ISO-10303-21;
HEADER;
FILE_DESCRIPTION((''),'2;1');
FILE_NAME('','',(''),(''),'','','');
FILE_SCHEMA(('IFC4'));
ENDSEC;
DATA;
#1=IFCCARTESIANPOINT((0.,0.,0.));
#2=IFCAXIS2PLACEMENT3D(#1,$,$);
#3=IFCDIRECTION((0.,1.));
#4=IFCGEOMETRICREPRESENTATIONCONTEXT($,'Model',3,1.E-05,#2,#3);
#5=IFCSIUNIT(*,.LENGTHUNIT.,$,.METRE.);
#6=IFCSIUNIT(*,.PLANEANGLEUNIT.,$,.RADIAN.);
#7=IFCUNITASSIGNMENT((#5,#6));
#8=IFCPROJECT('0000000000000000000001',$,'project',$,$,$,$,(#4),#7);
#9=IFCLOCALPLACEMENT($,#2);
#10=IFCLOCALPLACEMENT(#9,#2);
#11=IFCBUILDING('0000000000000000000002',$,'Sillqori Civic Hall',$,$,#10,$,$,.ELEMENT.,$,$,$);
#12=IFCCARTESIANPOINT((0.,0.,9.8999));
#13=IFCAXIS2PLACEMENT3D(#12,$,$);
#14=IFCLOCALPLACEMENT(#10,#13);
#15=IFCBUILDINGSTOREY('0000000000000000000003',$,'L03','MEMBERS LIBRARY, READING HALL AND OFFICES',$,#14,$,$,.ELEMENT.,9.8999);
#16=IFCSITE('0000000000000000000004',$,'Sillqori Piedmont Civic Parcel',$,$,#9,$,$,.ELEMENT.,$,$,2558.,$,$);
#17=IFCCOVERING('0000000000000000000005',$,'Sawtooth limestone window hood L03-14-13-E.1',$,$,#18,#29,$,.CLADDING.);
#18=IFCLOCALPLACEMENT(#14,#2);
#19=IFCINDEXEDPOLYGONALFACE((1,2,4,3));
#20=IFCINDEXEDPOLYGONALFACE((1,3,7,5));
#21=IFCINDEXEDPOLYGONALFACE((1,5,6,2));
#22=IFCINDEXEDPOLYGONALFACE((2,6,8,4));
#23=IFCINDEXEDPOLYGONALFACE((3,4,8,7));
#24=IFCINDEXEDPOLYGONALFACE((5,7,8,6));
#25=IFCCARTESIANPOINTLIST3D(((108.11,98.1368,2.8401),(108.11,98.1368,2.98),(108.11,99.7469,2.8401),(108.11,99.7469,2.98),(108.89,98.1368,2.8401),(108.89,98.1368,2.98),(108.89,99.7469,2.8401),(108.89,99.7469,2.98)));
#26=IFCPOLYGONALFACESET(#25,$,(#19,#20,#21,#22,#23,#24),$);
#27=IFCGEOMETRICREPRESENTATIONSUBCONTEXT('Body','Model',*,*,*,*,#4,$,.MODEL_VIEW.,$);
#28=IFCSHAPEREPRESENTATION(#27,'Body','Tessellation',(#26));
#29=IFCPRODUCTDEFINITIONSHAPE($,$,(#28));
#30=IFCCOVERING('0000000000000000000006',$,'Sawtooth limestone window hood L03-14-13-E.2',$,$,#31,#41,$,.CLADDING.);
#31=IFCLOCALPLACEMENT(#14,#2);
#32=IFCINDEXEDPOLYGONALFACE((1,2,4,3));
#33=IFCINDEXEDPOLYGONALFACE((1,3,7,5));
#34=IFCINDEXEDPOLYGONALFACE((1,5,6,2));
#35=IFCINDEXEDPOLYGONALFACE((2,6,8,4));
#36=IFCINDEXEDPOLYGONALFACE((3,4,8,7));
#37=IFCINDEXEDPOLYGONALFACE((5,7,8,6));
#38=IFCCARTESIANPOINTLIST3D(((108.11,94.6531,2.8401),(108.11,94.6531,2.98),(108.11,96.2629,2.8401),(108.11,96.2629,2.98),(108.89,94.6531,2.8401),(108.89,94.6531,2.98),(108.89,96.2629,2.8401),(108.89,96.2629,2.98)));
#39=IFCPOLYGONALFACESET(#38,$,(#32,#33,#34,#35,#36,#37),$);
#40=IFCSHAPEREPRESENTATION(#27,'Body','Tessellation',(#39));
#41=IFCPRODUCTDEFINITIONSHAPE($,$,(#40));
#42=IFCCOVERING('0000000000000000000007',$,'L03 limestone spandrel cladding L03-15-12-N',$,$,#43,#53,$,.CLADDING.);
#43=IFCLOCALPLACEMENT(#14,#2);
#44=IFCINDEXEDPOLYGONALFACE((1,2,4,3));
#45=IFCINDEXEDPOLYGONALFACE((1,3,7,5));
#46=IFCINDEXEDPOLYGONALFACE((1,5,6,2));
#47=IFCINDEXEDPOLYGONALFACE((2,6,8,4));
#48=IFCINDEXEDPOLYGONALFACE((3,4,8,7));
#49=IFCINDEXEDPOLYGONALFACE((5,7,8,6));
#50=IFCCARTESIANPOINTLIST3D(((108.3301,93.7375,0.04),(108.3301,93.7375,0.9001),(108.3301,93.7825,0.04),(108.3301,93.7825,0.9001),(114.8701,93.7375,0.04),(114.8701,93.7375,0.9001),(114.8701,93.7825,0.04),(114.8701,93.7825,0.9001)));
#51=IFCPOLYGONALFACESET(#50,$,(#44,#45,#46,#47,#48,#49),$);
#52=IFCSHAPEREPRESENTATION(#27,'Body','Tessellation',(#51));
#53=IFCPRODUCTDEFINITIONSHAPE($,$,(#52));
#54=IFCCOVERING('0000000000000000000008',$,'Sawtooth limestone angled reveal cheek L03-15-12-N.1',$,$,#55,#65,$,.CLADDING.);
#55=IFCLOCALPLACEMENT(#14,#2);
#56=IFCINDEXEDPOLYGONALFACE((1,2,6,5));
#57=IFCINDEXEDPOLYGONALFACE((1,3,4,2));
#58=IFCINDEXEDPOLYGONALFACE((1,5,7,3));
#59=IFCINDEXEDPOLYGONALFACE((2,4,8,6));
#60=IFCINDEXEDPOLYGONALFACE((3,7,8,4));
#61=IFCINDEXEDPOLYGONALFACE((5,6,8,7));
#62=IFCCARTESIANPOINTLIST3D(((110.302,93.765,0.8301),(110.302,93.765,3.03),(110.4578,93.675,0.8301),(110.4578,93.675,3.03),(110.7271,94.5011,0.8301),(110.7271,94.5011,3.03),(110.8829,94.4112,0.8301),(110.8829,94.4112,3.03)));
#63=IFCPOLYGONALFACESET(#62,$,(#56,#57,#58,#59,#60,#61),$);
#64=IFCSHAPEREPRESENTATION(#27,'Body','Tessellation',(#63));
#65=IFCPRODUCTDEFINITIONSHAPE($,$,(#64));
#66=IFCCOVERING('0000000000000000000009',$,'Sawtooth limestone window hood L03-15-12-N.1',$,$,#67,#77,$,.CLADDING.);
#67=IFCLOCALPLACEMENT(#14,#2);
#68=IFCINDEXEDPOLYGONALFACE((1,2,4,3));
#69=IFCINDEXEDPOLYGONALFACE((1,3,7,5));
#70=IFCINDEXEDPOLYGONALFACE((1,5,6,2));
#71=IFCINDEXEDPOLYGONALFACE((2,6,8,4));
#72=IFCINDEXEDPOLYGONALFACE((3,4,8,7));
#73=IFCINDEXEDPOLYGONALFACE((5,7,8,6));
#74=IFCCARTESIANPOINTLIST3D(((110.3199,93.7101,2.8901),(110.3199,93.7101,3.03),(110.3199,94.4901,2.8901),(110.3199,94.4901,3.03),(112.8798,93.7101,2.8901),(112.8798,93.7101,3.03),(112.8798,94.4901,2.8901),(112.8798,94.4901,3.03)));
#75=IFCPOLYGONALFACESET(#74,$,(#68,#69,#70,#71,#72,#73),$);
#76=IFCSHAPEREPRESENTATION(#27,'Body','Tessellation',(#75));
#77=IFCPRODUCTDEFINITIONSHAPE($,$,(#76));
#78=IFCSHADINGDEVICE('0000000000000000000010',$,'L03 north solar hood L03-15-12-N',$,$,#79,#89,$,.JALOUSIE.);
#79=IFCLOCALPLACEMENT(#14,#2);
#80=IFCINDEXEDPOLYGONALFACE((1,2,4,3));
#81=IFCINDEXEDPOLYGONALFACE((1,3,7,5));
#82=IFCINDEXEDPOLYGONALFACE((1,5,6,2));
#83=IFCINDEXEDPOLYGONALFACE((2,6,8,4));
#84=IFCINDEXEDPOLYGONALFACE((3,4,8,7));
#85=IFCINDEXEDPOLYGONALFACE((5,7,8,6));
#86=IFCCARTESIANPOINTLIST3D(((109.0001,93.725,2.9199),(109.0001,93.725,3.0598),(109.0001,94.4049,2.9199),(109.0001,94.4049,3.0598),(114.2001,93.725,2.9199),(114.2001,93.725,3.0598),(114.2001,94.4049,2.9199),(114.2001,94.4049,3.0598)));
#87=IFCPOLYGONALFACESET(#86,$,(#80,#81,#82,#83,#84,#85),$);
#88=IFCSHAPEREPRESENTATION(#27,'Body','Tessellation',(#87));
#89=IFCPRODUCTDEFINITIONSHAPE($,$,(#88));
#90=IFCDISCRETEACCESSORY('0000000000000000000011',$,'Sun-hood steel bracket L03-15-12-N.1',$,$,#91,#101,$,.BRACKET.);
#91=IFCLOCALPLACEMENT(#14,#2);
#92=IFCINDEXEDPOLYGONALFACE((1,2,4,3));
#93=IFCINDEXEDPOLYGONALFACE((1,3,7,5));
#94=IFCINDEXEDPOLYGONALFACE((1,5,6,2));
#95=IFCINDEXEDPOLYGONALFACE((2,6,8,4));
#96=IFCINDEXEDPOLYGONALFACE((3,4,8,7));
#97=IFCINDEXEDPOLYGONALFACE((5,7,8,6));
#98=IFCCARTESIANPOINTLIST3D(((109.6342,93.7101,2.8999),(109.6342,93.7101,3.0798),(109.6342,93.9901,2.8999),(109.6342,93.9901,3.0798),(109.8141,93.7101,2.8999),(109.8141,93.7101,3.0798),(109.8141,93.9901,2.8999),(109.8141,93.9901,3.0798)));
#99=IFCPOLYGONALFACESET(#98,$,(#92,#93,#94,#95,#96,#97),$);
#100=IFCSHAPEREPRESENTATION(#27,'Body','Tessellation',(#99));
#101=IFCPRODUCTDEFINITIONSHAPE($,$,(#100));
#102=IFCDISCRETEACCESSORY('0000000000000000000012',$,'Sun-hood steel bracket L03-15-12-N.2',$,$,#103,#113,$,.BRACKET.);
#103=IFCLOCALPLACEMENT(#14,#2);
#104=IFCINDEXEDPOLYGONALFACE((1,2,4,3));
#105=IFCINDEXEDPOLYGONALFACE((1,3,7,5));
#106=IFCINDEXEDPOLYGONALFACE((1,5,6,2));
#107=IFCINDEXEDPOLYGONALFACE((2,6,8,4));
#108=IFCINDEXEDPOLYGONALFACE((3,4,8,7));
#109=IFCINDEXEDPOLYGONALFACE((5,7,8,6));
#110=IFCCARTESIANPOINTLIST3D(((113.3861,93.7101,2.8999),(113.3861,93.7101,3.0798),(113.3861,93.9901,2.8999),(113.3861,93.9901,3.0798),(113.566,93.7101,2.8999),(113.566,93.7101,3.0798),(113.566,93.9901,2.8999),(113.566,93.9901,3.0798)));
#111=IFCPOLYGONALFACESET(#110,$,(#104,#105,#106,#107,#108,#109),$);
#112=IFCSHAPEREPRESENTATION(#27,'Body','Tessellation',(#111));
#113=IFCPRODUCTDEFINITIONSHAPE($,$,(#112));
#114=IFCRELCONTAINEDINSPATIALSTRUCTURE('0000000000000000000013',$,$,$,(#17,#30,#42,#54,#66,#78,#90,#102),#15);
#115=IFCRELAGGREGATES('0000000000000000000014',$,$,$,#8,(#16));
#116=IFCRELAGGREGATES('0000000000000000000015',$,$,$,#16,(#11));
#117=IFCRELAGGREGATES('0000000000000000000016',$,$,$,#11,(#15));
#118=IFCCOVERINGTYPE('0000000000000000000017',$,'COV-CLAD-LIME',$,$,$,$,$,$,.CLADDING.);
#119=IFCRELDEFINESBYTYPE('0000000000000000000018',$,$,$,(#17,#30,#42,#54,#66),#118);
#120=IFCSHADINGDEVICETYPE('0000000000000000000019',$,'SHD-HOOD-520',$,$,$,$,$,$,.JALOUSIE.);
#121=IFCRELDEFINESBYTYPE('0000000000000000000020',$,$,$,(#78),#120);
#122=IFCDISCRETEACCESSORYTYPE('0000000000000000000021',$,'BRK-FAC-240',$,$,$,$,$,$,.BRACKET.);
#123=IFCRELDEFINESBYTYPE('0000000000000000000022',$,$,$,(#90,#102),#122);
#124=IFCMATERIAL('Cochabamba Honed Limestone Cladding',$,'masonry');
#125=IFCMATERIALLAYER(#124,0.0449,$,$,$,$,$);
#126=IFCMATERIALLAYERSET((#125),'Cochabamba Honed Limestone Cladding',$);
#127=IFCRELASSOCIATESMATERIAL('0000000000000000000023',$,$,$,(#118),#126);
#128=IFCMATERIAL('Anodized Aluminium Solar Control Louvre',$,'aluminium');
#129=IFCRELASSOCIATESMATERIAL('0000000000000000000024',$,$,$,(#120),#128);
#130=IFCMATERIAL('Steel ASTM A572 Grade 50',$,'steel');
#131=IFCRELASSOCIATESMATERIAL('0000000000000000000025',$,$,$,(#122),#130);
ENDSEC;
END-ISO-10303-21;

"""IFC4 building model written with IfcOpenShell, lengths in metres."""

from ifc_helpers import new_model, si_unit, direction, frame, frame_2d, origin, origin_2d, place, context, subcontext, project, spatial, rectangle, extrude, material, layer, layer_set, type_object, element, save


model = new_model("IFC4")

# Units and contexts
model_context = context("Model", 3, precision=1e-05, world=origin(), true_north=direction((0.0, 1.0)))
body_context = subcontext(model_context, "Body", "Model", "MODEL_VIEW")
ifc_project = project(units=[si_unit("LENGTHUNIT", "METRE"), si_unit("PLANEANGLEUNIT", "RADIAN")], contexts=[model_context])

# Site, building, storey
site_placement = place(None, origin())
site = spatial("IfcSite", under=ifc_project, at=site_placement, Name="Sillqori Piedmont Civic Parcel", CompositionType="ELEMENT", RefElevation=2558.0)
building_placement = place(site_placement, origin())
building = spatial("IfcBuilding", under=site, at=building_placement, Name="Sillqori Civic Hall", CompositionType="ELEMENT")
storey_placement = place(building_placement, frame((0.0, 0.0, 9.8999)))
storey = spatial("IfcBuildingStorey", under=building, at=storey_placement, Name="L03", Description="MEMBERS LIBRARY, READING HALL AND OFFICES", CompositionType="ELEMENT", Elevation=9.8999)

# Coverings
ifc_material_1 = material(Name="Cochabamba Honed Limestone Cladding", Category="masonry")
ifc_layer_1 = layer(ifc_material_1, 0.0449)
ifc_layer_set_1 = layer_set([ifc_layer_1], Name="Cochabamba Honed Limestone Cladding")
covering_type = type_object("IfcCoveringType", Name="COV-CLAD-LIME", PredefinedType="CLADDING", material=ifc_layer_set_1)
covering_1_placement = place(storey_placement, frame((108.5, 99.7471, 2.8401), z_axis=(0.0, 0.0, 1.0), x_axis=(0.0, -1.0, 0.0)))
element("IfcCovering", 1, at=covering_1_placement, inside=storey, type_object=covering_type, Name="Sawtooth limestone window hood L03-14-13-E.1", PredefinedType="CLADDING", context=body_context, shape_type="SweptSolid", body=[
    extrude(rectangle(XDim=1.6101, YDim=0.78, at=frame_2d((0.8052, 0.0))), origin(), (0.0, 0.0, 1.0), 0.1399),
])
covering_2_placement = place(storey_placement, frame((108.5, 96.2629, 2.8401), z_axis=(0.0, 0.0, 1.0), x_axis=(0.0, -1.0, 0.0)))
element("IfcCovering", 2, at=covering_2_placement, inside=storey, type_object=covering_type, Name="Sawtooth limestone window hood L03-14-13-E.2", PredefinedType="CLADDING", context=body_context, shape_type="SweptSolid", body=[
    extrude(rectangle(XDim=1.6099, YDim=0.78, at=frame_2d((0.8049, 0.0))), origin(), (0.0, 0.0, 1.0), 0.1399),
])
covering_3_placement = place(storey_placement, frame((108.3301, 93.76, 0.04), z_axis=(0.0, 0.0, 1.0), x_axis=(1.0, 0.0, 0.0)))
element("IfcCovering", 3, at=covering_3_placement, inside=storey, type_object=covering_type, Name="L03 limestone spandrel cladding L03-15-12-N", PredefinedType="CLADDING", context=body_context, shape_type="SweptSolid", body=[
    extrude(rectangle(XDim=6.54, YDim=0.0449, at=frame_2d((3.27, 0.0))), origin(), (0.0, 0.0, 1.0), 0.8601),
])
covering_4_placement = place(storey_placement, frame((110.3799, 93.72, 0.8301), z_axis=(0.0, 0.0, 1.0), x_axis=(0.500062, 0.865989, 0.0)))
element("IfcCovering", 4, at=covering_4_placement, inside=storey, type_object=covering_type, Name="Sawtooth limestone angled reveal cheek L03-15-12-N.1", PredefinedType="CLADDING", context=body_context, shape_type="SweptSolid", body=[
    extrude(rectangle(XDim=0.8501, YDim=0.1799, at=frame_2d((0.425, 0.0))), origin(), (0.0, 0.0, 1.0), 2.2),
])
covering_5_placement = place(storey_placement, frame((110.3201, 94.1001, 2.8901), z_axis=(0.0, 0.0, 1.0), x_axis=(1.0, 0.0, 0.0)))
element("IfcCovering", 5, at=covering_5_placement, inside=storey, type_object=covering_type, Name="Sawtooth limestone window hood L03-15-12-N.1", PredefinedType="CLADDING", context=body_context, shape_type="SweptSolid", body=[
    extrude(rectangle(XDim=2.5598, YDim=0.78, at=frame_2d((1.2798, 0.0))), origin(), (0.0, 0.0, 1.0), 0.1399),
])

# Shading device
ifc_material_2 = material(Name="Anodized Aluminium Solar Control Louvre", Category="aluminium")
shading_device_type = type_object("IfcShadingDeviceType", Name="SHD-HOOD-520", PredefinedType="JALOUSIE", material=ifc_material_2)
shading_device_placement = place(storey_placement, frame((111.6001, 94.0649, 2.9199), z_axis=(0.0, 0.0, 1.0), x_axis=(1.0, 0.0, 0.0)))
element("IfcShadingDevice", 6, at=shading_device_placement, inside=storey, type_object=shading_device_type, Name="L03 north solar hood L03-15-12-N", PredefinedType="JALOUSIE", context=body_context, shape_type="SweptSolid", body=[
    extrude(rectangle(XDim=5.2, YDim=0.6799, at=origin_2d()), origin(), (0.0, 0.0, 1.0), 0.1399),
])

# Discrete accessories
ifc_material_3 = material(Name="Steel ASTM A572 Grade 50", Category="steel")
discrete_accessory_type = type_object("IfcDiscreteAccessoryType", Name="BRK-FAC-240", PredefinedType="BRACKET", material=ifc_material_3)
for number, where, z_axis, x_axis, name in (
    (7, (109.7241, 93.8501, 2.8999), (0.0, 0.0, 1.0), (1.0, 0.0, 0.0), "Sun-hood steel bracket L03-15-12-N.1"),
    (8, (113.4761, 93.8501, 2.8999), (0.0, 0.0, 1.0), (1.0, 0.0, 0.0), "Sun-hood steel bracket L03-15-12-N.2"),
):
    element("IfcDiscreteAccessory", number, at=place(storey_placement, frame(where, z_axis=z_axis, x_axis=x_axis)), inside=storey, type_object=discrete_accessory_type, Name=name, PredefinedType="BRACKET", context=body_context, shape_type="SweptSolid", body=[
        extrude(rectangle(XDim=0.1799, YDim=0.28, at=origin_2d()), origin(), (0.0, 0.0, 1.0), 0.1799),
    ])

save(model, "model.ifc")
